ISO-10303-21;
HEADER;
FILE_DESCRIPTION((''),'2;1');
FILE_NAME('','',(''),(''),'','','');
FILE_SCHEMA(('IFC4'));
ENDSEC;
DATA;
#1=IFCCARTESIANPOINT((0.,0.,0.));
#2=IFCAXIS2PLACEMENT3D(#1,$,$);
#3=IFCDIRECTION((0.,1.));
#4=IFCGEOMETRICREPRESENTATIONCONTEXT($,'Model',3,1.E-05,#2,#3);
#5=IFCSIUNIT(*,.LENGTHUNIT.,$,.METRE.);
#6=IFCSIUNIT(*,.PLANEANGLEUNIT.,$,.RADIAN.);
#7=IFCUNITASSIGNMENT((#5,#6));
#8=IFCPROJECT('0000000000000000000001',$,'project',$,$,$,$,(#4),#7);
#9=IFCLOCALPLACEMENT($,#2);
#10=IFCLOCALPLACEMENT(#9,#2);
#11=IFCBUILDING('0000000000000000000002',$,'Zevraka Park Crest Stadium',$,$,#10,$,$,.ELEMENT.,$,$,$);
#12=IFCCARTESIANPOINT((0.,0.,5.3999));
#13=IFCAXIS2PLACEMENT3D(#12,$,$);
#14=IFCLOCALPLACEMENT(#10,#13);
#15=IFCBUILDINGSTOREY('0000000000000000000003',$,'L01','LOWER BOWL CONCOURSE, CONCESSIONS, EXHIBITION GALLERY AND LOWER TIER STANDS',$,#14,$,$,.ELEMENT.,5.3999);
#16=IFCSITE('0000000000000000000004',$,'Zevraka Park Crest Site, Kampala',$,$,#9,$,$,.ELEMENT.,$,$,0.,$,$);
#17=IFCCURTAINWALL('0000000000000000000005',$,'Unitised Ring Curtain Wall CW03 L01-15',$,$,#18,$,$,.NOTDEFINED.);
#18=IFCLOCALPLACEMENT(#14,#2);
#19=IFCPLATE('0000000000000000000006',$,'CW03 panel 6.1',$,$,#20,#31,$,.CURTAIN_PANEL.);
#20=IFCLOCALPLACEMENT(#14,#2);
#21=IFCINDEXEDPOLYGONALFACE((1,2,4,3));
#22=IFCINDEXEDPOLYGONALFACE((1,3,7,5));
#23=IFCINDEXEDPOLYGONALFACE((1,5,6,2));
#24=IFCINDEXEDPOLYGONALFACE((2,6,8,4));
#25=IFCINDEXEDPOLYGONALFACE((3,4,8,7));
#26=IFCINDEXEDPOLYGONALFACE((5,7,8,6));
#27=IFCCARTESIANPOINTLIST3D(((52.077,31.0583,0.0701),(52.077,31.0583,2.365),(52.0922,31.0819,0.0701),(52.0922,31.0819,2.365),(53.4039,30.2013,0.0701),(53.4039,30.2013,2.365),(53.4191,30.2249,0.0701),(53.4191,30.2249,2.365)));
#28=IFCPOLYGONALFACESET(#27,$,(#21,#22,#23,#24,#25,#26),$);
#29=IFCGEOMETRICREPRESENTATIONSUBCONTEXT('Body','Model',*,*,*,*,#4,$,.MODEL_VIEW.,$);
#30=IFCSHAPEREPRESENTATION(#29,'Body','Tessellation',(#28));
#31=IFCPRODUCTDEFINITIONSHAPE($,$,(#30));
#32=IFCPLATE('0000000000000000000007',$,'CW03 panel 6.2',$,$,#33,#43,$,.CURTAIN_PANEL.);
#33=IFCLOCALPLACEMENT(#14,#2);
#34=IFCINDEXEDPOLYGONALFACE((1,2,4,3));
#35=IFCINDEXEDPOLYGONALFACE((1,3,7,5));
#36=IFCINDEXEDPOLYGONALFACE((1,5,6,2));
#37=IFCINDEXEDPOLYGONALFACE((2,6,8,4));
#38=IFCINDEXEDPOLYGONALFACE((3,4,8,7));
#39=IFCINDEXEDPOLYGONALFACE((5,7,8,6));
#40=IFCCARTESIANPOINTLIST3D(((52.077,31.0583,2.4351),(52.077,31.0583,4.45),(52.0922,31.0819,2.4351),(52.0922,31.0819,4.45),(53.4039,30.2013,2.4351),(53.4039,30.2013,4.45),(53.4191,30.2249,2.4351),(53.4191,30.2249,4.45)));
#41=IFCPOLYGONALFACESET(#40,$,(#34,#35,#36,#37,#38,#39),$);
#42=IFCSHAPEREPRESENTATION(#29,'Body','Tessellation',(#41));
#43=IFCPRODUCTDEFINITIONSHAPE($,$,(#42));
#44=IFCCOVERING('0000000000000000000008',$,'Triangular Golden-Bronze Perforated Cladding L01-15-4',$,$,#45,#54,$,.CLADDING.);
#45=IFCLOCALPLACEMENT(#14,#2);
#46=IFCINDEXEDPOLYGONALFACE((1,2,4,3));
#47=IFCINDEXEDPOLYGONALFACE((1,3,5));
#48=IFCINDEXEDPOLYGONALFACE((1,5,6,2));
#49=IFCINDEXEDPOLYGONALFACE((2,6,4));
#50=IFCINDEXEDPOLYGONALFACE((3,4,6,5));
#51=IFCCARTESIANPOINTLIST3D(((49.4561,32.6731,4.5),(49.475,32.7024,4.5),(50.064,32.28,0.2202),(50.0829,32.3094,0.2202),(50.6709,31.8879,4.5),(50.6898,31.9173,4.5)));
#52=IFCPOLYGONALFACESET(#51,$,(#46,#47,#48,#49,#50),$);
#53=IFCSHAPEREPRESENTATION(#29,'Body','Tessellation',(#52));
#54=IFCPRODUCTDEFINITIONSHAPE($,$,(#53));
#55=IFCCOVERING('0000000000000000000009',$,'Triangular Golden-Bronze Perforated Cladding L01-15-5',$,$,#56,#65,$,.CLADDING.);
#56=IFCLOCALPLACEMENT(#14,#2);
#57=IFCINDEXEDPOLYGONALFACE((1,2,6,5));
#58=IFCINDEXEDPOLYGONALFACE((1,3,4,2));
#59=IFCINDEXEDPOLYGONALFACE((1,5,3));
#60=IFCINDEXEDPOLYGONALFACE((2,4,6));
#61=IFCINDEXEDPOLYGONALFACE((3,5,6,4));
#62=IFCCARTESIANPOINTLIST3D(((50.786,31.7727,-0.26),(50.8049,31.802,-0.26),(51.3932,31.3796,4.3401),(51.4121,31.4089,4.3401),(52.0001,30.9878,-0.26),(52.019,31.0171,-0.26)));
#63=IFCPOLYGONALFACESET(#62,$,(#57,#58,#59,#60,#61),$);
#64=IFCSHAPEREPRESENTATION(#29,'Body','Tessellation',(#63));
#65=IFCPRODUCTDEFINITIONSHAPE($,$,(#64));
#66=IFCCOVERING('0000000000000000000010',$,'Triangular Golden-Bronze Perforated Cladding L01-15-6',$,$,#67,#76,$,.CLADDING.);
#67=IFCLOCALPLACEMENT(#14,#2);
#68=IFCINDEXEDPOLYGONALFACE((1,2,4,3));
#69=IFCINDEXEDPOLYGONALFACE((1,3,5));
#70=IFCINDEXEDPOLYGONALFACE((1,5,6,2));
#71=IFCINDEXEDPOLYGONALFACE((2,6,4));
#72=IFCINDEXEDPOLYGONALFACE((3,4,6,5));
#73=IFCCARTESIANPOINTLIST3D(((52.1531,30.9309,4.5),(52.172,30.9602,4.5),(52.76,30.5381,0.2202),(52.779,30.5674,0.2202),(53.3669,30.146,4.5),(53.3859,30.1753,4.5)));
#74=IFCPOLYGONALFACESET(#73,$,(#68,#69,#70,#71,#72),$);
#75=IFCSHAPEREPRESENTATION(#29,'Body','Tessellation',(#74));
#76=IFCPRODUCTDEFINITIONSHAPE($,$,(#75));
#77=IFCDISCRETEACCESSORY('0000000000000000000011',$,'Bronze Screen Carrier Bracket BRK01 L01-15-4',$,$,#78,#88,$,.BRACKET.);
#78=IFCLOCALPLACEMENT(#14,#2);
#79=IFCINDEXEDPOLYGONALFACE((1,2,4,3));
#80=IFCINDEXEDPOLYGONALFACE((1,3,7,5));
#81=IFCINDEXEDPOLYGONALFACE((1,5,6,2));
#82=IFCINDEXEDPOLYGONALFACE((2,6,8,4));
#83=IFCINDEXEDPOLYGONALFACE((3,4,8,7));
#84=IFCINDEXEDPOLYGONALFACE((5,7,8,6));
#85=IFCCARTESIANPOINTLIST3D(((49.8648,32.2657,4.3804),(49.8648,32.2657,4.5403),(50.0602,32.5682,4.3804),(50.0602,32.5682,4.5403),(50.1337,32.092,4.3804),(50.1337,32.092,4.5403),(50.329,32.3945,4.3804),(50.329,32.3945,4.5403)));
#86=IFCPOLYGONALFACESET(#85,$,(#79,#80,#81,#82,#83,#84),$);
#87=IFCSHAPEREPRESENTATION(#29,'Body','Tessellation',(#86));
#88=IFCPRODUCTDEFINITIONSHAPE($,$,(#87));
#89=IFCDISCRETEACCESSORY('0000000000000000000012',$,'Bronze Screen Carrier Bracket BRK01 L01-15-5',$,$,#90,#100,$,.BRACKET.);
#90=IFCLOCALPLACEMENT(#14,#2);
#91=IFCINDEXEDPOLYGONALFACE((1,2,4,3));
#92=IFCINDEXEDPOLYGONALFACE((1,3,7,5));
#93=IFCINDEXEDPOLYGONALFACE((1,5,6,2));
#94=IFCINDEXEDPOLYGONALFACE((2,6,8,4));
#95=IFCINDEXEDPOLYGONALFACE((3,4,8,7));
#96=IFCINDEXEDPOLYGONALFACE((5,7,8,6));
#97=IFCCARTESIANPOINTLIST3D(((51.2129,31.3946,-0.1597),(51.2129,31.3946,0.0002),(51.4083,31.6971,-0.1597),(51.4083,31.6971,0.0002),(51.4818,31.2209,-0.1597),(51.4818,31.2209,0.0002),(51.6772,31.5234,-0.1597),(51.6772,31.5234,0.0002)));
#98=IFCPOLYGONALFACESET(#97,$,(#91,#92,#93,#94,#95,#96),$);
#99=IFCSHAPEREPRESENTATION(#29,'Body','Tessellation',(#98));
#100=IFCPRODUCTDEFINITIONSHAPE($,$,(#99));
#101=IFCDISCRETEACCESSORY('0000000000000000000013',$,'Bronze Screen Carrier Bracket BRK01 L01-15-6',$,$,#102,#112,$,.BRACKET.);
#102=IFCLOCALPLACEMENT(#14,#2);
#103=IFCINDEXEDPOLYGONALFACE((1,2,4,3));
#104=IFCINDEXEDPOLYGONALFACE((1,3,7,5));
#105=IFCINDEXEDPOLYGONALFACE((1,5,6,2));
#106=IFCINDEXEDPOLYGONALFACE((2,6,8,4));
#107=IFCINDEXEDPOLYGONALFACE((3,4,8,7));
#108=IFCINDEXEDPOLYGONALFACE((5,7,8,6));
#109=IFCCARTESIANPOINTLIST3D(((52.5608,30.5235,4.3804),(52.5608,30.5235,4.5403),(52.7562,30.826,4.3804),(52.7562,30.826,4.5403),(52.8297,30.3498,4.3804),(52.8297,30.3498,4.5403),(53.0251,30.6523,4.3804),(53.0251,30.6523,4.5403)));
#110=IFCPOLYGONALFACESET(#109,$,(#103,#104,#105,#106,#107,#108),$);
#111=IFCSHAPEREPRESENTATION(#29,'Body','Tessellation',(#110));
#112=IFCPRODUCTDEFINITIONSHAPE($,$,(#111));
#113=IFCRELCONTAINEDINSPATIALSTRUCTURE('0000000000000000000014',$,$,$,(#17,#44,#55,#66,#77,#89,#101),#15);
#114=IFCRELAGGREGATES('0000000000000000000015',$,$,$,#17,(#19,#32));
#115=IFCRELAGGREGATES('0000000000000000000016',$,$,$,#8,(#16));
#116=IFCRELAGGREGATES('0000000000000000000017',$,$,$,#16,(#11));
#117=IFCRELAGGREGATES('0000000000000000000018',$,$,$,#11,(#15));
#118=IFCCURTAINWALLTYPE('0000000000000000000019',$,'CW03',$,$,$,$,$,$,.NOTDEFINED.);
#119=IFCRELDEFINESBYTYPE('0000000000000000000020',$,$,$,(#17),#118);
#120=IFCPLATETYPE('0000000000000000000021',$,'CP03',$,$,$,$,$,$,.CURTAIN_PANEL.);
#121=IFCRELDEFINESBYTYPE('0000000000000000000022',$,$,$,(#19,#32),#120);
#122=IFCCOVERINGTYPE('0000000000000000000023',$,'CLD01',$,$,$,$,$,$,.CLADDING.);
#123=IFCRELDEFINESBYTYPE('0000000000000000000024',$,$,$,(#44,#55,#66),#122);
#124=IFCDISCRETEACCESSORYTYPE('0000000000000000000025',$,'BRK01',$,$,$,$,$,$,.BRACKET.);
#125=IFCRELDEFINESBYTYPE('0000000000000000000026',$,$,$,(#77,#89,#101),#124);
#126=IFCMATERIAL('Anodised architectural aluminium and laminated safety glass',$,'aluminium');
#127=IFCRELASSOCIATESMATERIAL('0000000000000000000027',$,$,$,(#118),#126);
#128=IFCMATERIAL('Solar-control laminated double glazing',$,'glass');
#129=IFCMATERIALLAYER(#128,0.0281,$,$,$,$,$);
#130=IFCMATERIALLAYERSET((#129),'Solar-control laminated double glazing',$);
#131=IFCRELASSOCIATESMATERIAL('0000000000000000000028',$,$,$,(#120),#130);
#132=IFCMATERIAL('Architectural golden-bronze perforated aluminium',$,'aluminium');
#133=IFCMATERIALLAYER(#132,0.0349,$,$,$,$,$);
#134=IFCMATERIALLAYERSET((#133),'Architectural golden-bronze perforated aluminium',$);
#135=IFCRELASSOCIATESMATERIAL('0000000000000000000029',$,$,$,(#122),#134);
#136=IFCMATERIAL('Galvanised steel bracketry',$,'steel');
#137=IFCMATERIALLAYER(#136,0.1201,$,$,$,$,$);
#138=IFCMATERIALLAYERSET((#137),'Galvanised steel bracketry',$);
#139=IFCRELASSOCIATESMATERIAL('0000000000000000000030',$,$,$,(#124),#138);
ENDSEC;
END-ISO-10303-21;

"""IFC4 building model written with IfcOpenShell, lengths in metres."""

from ifc_helpers import new_model, si_unit, direction, frame, origin, origin_2d, place, context, subcontext, project, spatial, polyline, rectangle, outline, extrude, material, layer, layer_set, type_object, element, aggregate, save


model = new_model("IFC4")

# Units and contexts
model_context = context("Model", 3, precision=1e-05, world=origin(), true_north=direction((0.0, 1.0)))
body_context = subcontext(model_context, "Body", "Model", "MODEL_VIEW")
ifc_project = project(units=[si_unit("LENGTHUNIT", "METRE"), si_unit("PLANEANGLEUNIT", "RADIAN")], contexts=[model_context])

# Site, building, storey
site_placement = place(None, origin())
site = spatial("IfcSite", under=ifc_project, at=site_placement, Name="Zevraka Park Crest Site, Kampala", CompositionType="ELEMENT", RefElevation=0.0)
building_placement = place(site_placement, origin())
building = spatial("IfcBuilding", under=site, at=building_placement, Name="Zevraka Park Crest Stadium", CompositionType="ELEMENT")
storey_placement = place(building_placement, frame((0.0, 0.0, 5.3999)))
storey = spatial("IfcBuildingStorey", under=building, at=storey_placement, Name="L01", Description="LOWER BOWL CONCOURSE, CONCESSIONS, EXHIBITION GALLERY AND LOWER TIER STANDS", CompositionType="ELEMENT", Elevation=5.3999)

# Curtain wall, plates
ifc_material_1 = material(Name="Anodised architectural aluminium and laminated safety glass", Category="aluminium")
curtain_wall_type = type_object("IfcCurtainWallType", Name="CW03", PredefinedType="NOTDEFINED", material=ifc_material_1)
curtain_wall_placement = place(storey_placement, origin())
curtain_wall = element("IfcCurtainWall", 1, at=curtain_wall_placement, inside=storey, type_object=curtain_wall_type, Name="Unitised Ring Curtain Wall CW03 L01-15", PredefinedType="NOTDEFINED")
ifc_material_2 = material(Name="Solar-control laminated double glazing", Category="glass")
ifc_layer_1 = layer(ifc_material_2, 0.0281)
ifc_layer_set_1 = layer_set([ifc_layer_1], Name="Solar-control laminated double glazing")
plate_type = type_object("IfcPlateType", Name="CP03", PredefinedType="CURTAIN_PANEL", material=ifc_layer_set_1)
plate_1_placement = place(storey_placement, frame((52.748, 30.6416, 0.0701), z_axis=(0.0, 0.0, 1.0), x_axis=(0.84001, -0.542571, 0.0)))
plate_1 = element("IfcPlate", 2, at=plate_1_placement, type_object=plate_type, Name="CW03 panel 6.1", PredefinedType="CURTAIN_PANEL", context=body_context, shape_type="SweptSolid", body=[
    extrude(rectangle(XDim=1.5796, YDim=0.0281, at=origin_2d()), origin(), (0.0, 0.0, 1.0), 2.2949),
])
plate_2_placement = place(storey_placement, frame((52.748, 30.6416, 2.4351), z_axis=(0.0, 0.0, 1.0), x_axis=(0.84001, -0.542571, 0.0)))
plate_2 = element("IfcPlate", 3, at=plate_2_placement, type_object=plate_type, Name="CW03 panel 6.2", PredefinedType="CURTAIN_PANEL", context=body_context, shape_type="SweptSolid", body=[
    extrude(rectangle(XDim=1.5796, YDim=0.0281, at=origin_2d()), origin(), (0.0, 0.0, 1.0), 2.0149),
])
aggregate(curtain_wall, [plate_1, plate_2])

# Coverings
ifc_material_3 = material(Name="Architectural golden-bronze perforated aluminium", Category="aluminium")
ifc_layer_2 = layer(ifc_material_3, 0.0349)
ifc_layer_set_2 = layer_set([ifc_layer_2], Name="Architectural golden-bronze perforated aluminium")
covering_type = type_object("IfcCoveringType", Name="CLD01", PredefinedType="CLADDING", material=ifc_layer_set_2)
covering_1_placement = place(storey_placement, frame((50.6709, 31.8879, 4.5), z_axis=(-0.542803, -0.83986, 0.000034), x_axis=(-0.83986, 0.542803, 0.0)))
element("IfcCovering", 4, at=covering_1_placement, inside=storey, type_object=covering_type, Name="Triangular Golden-Bronze Perforated Cladding L01-15-4", PredefinedType="CLADDING", context=body_context, shape_type="SweptSolid", body=[
    extrude(outline(polyline([(0.0, 0.0), (1.4465, 0.0), (0.7226, 4.2798), (0.0, 0.0)])), origin(), (0.0, 0.0, -1.0), 0.0349),
])
covering_2_placement = place(storey_placement, frame((50.8049, 31.802, -0.26), z_axis=(0.542915, 0.839788, 0.000097), x_axis=(0.839788, -0.542915, 0.0)))
element("IfcCovering", 5, at=covering_2_placement, inside=storey, type_object=covering_type, Name="Triangular Golden-Bronze Perforated Cladding L01-15-5", PredefinedType="CLADDING", context=body_context, shape_type="SweptSolid", body=[
    extrude(outline(polyline([(0.0, 0.0), (1.4457, 0.0), (0.7233, -4.6001), (0.0, 0.0)])), origin(), (0.0, 0.0, -1.0), 0.0349),
])
covering_3_placement = place(storey_placement, frame((53.3669, 30.146, 4.5), z_axis=(-0.542992, -0.839738, 0.000072), x_axis=(-0.839738, 0.542992, 0.0)))
element("IfcCovering", 6, at=covering_3_placement, inside=storey, type_object=covering_type, Name="Triangular Golden-Bronze Perforated Cladding L01-15-6", PredefinedType="CLADDING", context=body_context, shape_type="SweptSolid", body=[
    extrude(outline(polyline([(0.0, 0.0), (1.4455, 0.0), (0.7226, 4.2798), (0.0, 0.0)])), origin(), (0.0, 0.0, -1.0), 0.0349),
])

# Discrete accessories
ifc_material_4 = material(Name="Galvanised steel bracketry", Category="steel")
ifc_layer_3 = layer(ifc_material_4, 0.1201)
ifc_layer_set_3 = layer_set([ifc_layer_3], Name="Galvanised steel bracketry")
discrete_accessory_type = type_object("IfcDiscreteAccessoryType", Name="BRK01", PredefinedType="BRACKET", material=ifc_layer_set_3)
for number, where, z_axis, x_axis, name in (
    (7, (50.0969, 32.3301, 4.3804), (0.0, 0.0, 1.0), (0.839999, -0.542588, 0.0), "Bronze Screen Carrier Bracket BRK01 L01-15-4"),
    (8, (51.4451, 31.459, -0.1597), (0.0, 0.0, 1.0), (0.839999, -0.542588, 0.0), "Bronze Screen Carrier Bracket BRK01 L01-15-5"),
    (9, (52.793, 30.5879, 4.3804), (0.0, 0.0, 1.0), (0.839999, -0.542588, 0.0), "Bronze Screen Carrier Bracket BRK01 L01-15-6"),
):
    element("IfcDiscreteAccessory", number, at=place(storey_placement, frame(where, z_axis=z_axis, x_axis=x_axis)), inside=storey, type_object=discrete_accessory_type, Name=name, PredefinedType="BRACKET", context=body_context, shape_type="SweptSolid", body=[
        extrude(rectangle(XDim=0.3201, YDim=0.3601, at=origin_2d()), origin(), (0.0, 0.0, 1.0), 0.1599),
    ])

save(model, "model.ifc")
